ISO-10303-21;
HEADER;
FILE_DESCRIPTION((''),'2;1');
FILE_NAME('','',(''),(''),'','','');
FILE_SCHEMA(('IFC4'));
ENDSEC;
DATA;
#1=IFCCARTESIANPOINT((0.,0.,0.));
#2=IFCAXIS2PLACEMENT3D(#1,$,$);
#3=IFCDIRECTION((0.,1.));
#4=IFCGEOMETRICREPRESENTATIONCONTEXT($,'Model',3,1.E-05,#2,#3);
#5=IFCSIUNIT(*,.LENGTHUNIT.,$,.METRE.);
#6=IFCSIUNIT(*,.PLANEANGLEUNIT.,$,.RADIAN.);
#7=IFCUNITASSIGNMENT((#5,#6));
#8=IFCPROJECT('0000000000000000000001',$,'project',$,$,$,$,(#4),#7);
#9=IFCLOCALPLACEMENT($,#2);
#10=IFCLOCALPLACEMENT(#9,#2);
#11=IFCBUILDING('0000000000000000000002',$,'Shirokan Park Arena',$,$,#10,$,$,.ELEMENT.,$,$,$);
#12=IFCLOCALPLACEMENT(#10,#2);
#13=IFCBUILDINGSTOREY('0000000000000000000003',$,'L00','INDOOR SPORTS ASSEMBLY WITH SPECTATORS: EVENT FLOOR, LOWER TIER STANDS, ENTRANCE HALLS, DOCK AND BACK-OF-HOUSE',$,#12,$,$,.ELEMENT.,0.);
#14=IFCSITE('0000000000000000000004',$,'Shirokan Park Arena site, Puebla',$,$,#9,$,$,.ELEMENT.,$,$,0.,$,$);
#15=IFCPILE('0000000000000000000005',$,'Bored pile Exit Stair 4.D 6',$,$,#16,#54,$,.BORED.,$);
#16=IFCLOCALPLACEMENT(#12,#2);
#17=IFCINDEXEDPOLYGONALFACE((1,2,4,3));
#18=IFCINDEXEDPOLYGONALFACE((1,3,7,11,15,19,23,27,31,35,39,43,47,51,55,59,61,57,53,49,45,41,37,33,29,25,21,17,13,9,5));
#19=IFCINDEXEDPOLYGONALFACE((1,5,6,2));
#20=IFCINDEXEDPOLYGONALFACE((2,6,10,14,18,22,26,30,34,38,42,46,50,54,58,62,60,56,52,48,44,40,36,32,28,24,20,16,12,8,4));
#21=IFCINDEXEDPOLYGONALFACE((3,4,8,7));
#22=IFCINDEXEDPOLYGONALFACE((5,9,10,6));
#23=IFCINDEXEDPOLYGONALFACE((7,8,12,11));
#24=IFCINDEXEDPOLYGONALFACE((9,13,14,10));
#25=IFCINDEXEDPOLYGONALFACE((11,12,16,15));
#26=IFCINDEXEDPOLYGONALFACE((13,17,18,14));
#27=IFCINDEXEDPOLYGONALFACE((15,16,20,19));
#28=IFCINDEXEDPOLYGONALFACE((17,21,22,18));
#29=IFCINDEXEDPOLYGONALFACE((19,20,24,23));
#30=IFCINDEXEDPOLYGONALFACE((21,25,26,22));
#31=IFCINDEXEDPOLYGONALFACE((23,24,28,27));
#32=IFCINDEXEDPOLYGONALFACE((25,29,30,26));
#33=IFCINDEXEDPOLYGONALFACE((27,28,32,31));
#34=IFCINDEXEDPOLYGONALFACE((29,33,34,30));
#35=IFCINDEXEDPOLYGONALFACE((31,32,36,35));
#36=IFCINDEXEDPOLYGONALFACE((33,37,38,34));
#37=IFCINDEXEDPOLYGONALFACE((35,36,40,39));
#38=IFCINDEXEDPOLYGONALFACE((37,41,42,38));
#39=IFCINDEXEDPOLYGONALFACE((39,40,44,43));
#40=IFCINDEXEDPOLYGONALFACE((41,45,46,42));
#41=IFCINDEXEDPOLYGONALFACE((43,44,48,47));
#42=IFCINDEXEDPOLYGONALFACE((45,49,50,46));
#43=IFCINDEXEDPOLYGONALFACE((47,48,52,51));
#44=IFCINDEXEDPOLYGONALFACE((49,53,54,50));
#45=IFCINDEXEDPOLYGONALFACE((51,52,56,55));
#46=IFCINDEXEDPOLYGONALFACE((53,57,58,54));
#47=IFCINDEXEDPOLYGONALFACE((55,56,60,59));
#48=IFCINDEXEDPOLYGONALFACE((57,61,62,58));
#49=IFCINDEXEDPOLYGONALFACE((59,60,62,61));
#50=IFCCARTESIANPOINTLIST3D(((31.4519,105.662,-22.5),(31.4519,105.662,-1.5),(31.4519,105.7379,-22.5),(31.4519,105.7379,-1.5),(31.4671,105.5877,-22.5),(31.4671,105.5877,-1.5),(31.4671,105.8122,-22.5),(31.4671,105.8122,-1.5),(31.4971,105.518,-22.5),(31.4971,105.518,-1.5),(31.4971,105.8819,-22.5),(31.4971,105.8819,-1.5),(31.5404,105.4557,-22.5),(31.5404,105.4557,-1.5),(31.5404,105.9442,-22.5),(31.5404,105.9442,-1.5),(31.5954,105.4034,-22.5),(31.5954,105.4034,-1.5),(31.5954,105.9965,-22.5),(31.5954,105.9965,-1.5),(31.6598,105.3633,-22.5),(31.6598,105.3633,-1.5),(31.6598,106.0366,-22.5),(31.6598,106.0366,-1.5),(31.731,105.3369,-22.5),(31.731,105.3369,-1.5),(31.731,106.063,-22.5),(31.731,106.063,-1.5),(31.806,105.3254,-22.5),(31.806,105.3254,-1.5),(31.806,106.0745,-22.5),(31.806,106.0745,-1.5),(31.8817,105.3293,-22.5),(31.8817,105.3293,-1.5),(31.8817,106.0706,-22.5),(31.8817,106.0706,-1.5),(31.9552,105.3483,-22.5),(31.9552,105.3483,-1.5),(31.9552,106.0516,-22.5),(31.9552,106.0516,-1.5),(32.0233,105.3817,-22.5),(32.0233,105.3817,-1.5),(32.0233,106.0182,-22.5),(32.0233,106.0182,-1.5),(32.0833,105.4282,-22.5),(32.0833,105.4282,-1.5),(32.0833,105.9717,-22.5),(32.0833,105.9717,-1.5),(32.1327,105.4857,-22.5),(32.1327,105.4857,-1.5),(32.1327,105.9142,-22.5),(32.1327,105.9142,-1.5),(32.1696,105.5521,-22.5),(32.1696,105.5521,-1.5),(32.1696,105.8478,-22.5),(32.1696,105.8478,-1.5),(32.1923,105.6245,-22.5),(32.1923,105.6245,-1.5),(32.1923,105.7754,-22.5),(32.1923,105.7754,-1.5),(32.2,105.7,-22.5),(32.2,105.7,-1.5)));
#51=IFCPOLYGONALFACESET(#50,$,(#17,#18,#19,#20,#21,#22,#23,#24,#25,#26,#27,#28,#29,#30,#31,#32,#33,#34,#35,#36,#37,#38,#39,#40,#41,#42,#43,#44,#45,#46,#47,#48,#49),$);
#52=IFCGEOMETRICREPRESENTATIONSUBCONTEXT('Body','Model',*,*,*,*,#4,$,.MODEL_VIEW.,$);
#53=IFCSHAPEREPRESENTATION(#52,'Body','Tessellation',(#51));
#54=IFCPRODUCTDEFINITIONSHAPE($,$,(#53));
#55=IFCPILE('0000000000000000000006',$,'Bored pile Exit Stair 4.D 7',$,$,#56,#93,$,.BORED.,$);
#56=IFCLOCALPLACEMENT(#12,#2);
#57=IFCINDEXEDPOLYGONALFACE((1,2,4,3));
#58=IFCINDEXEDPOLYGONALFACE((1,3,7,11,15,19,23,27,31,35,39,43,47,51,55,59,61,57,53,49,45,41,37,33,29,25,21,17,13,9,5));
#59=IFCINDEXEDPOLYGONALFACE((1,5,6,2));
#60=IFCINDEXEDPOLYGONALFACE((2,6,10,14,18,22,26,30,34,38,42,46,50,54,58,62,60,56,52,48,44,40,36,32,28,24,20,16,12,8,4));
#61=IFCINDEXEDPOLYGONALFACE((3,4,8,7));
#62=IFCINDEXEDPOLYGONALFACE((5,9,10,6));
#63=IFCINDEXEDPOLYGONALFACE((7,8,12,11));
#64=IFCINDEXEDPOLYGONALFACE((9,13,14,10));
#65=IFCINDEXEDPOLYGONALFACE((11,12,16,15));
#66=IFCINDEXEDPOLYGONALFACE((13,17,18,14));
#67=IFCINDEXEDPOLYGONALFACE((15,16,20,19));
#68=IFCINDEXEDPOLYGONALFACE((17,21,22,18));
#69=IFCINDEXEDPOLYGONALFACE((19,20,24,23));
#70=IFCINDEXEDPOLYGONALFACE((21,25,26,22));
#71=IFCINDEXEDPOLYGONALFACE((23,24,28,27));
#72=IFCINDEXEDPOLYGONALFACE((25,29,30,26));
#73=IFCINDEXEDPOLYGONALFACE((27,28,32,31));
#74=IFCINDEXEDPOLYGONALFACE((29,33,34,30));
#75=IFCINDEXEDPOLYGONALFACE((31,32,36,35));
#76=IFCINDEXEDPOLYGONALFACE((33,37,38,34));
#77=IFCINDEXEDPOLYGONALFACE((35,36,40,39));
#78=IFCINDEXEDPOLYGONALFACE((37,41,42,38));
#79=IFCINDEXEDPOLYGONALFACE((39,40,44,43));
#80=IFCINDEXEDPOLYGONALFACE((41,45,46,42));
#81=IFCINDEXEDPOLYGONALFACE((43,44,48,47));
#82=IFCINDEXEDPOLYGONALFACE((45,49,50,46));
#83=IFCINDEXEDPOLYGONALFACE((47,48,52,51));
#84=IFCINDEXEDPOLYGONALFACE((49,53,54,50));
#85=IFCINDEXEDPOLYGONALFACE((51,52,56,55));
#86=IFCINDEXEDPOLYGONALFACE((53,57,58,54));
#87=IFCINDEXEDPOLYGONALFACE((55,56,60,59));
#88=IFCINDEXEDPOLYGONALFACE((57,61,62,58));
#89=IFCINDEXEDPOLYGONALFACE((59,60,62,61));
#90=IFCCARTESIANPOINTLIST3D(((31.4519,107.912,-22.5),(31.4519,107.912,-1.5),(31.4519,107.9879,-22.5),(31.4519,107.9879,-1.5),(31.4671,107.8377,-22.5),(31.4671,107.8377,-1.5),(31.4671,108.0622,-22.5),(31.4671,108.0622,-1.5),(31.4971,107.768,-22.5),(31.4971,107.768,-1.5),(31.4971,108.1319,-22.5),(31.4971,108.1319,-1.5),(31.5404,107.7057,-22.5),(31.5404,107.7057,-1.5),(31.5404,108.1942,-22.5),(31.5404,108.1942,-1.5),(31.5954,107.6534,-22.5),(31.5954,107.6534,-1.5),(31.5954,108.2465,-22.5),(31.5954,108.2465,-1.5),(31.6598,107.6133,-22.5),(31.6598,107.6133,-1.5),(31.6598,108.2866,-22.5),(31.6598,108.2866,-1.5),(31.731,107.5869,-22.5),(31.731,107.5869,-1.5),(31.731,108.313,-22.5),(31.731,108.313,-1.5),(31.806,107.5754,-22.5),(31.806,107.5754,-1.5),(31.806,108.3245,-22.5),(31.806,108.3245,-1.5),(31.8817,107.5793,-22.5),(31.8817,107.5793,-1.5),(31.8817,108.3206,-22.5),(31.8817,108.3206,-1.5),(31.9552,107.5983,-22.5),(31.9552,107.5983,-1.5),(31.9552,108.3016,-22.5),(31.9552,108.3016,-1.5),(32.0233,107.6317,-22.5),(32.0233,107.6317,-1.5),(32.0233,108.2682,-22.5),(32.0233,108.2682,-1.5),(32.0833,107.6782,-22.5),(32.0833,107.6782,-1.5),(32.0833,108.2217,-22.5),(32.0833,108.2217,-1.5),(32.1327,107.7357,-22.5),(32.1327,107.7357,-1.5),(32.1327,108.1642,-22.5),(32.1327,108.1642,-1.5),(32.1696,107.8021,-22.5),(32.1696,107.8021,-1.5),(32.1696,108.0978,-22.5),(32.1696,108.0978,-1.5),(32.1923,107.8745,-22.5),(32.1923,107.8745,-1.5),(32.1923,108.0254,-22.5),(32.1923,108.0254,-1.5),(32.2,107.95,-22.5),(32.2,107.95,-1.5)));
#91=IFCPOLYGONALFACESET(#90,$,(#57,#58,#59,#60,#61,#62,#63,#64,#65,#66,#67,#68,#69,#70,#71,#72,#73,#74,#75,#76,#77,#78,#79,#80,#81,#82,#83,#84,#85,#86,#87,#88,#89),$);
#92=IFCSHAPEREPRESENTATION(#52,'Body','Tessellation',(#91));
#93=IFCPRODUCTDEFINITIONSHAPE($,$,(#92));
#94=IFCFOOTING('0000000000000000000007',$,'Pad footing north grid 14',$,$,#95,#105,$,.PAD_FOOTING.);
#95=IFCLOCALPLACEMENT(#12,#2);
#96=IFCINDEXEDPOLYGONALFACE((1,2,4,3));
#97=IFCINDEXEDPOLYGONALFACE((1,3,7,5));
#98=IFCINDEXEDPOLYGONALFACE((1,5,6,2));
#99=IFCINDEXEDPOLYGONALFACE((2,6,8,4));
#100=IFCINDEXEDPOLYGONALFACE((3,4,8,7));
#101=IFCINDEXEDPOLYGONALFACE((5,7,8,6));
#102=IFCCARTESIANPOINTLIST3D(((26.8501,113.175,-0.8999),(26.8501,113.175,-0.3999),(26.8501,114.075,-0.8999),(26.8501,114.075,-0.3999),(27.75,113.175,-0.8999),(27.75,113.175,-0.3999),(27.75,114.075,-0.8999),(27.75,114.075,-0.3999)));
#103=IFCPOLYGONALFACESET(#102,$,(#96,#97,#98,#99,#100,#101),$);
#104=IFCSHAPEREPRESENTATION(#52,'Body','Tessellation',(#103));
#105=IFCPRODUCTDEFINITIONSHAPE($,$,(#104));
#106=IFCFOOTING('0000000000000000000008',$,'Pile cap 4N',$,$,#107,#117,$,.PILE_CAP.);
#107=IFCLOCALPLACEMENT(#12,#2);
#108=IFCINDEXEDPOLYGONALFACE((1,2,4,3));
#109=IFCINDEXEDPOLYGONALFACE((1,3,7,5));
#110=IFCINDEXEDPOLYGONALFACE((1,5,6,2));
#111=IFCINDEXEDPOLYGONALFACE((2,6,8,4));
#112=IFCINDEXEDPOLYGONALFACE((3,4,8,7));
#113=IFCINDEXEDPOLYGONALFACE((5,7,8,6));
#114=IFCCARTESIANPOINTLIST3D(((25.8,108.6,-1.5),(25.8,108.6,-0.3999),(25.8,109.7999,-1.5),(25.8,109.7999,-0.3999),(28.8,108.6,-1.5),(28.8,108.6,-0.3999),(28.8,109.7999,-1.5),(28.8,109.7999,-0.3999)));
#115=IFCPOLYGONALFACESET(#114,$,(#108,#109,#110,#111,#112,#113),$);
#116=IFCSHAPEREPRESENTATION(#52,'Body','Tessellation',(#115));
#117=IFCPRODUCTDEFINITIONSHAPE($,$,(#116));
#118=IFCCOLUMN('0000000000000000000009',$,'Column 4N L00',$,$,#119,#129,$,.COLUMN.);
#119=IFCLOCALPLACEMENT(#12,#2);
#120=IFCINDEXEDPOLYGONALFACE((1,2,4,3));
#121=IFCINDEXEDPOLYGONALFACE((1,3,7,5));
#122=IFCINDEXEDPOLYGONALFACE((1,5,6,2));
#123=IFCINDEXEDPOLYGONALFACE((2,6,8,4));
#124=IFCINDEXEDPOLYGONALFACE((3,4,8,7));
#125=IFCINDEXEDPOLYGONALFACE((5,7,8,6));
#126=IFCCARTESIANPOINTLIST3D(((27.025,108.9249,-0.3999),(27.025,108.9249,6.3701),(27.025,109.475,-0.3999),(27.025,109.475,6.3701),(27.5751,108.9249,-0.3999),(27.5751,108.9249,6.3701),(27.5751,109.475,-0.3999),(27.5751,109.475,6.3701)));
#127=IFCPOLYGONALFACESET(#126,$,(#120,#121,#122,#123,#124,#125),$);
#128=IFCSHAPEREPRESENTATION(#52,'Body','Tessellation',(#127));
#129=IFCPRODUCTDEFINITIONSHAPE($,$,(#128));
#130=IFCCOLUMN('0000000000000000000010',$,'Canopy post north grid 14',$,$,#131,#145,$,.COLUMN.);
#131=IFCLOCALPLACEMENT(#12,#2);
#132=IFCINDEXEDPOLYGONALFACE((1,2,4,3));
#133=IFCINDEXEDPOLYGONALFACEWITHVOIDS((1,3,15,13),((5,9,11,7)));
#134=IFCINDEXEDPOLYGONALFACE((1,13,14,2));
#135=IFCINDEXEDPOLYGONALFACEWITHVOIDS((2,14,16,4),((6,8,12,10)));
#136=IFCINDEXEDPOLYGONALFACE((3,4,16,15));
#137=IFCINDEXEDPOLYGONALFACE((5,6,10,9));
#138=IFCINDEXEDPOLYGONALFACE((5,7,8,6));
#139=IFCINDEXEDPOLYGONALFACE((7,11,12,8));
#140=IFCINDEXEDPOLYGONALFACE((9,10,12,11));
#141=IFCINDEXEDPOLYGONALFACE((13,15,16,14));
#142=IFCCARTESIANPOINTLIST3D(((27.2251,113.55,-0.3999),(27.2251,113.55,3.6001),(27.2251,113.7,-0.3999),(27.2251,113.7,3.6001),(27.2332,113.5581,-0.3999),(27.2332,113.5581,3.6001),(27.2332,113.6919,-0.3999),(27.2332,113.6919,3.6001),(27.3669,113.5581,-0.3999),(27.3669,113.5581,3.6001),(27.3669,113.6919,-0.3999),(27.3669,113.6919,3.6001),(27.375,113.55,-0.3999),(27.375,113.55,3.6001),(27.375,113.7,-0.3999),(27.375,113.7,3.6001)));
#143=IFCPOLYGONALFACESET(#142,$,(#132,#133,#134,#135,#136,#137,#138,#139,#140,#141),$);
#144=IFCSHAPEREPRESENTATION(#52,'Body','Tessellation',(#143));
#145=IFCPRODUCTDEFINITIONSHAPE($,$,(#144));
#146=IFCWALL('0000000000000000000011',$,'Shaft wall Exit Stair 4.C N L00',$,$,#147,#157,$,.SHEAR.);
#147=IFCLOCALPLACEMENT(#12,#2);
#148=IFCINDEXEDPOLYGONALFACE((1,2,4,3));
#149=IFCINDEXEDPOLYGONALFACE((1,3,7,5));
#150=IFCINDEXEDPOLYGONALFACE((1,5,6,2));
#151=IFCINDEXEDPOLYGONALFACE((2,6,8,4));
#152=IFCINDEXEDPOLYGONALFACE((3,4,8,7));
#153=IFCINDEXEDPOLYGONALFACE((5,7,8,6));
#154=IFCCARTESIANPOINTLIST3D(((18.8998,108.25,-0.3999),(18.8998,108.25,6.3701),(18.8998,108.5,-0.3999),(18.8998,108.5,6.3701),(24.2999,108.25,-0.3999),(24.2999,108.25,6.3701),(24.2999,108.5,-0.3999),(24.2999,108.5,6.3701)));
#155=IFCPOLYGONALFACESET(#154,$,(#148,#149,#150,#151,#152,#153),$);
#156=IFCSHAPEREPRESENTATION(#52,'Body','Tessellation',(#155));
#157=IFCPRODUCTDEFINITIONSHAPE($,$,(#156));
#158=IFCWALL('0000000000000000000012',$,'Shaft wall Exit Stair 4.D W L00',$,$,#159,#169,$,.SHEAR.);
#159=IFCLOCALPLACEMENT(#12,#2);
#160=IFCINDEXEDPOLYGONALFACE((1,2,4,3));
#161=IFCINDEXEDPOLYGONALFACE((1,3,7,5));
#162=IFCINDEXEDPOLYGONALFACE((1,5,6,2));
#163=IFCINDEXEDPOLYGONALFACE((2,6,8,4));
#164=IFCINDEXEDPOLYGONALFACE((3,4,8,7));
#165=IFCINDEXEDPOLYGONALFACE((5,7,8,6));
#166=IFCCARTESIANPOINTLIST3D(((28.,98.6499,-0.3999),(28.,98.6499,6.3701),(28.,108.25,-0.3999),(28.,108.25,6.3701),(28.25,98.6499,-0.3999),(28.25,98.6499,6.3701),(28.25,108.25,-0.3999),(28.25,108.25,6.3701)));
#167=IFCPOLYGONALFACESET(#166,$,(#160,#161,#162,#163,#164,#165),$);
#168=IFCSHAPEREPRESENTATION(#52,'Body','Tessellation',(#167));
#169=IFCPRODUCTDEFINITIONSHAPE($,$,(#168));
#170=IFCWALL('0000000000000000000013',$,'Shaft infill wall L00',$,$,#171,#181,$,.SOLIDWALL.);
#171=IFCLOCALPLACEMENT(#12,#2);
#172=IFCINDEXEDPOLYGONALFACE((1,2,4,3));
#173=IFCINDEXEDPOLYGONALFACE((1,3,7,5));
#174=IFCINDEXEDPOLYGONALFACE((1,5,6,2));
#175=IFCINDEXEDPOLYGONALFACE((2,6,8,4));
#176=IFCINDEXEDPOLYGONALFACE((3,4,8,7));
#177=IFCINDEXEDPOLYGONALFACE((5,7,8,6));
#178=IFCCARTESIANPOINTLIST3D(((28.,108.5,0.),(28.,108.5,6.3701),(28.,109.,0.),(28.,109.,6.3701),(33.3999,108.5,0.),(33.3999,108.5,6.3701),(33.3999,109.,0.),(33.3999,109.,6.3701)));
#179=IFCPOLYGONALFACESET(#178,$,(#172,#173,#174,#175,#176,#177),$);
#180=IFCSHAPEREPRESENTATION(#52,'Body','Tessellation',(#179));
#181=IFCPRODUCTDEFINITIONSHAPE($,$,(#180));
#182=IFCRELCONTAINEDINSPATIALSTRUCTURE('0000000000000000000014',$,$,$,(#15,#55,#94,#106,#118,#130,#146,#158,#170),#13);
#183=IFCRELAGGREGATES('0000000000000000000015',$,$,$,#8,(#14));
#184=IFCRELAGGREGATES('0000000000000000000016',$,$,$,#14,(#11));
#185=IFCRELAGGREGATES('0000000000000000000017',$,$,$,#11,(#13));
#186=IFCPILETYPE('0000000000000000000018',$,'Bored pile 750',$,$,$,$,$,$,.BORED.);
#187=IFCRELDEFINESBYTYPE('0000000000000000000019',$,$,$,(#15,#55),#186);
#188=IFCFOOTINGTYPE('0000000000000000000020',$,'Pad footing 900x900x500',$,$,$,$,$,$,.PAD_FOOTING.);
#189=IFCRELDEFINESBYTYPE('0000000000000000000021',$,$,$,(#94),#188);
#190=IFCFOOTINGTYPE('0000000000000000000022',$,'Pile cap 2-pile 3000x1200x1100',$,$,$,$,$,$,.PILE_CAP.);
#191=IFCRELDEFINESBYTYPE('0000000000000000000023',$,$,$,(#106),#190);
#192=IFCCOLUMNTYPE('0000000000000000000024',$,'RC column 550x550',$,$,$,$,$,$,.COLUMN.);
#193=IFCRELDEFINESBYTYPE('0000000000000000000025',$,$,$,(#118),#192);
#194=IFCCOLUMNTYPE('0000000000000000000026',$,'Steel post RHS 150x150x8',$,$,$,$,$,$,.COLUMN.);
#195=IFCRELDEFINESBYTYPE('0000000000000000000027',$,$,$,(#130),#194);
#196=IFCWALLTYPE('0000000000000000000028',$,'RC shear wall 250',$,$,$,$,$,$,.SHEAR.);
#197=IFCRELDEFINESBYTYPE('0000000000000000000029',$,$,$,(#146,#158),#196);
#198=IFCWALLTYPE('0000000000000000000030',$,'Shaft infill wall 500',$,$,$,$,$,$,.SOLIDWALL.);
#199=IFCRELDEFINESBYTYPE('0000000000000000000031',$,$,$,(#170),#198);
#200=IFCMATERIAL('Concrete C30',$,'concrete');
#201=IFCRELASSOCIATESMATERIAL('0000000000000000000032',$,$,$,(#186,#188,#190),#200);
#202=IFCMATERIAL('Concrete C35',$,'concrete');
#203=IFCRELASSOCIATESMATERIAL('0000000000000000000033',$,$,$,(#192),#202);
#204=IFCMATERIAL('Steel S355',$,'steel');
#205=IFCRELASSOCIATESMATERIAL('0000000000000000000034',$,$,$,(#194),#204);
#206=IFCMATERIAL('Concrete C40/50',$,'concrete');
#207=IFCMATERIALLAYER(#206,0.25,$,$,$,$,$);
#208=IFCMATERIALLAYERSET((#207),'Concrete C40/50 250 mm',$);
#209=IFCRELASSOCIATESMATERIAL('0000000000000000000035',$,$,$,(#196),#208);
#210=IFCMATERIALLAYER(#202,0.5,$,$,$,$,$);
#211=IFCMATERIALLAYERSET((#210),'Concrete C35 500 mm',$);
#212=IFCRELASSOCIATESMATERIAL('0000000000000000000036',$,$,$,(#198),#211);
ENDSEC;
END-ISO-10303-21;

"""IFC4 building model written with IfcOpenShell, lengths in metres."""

from ifc_helpers import new_model, si_unit, direction, frame, frame_2d, origin, origin_2d, place, context, subcontext, project, spatial, rectangle, hollow_rectangle, circle, extrude, material, layer, layer_set, material_profile, profile_set, type_object, element, save


model = new_model("IFC4")

# Units and contexts
model_context = context("Model", 3, precision=1e-05, world=origin(), true_north=direction((0.0, 1.0)))
body_context = subcontext(model_context, "Body", "Model", "MODEL_VIEW")
ifc_project = project(units=[si_unit("LENGTHUNIT", "METRE"), si_unit("PLANEANGLEUNIT", "RADIAN")], contexts=[model_context])

# Site, building, storey
site_placement = place(None, origin())
site = spatial("IfcSite", under=ifc_project, at=site_placement, Name="Shirokan Park Arena site, Puebla", CompositionType="ELEMENT", RefElevation=0.0)
building_placement = place(site_placement, origin())
building = spatial("IfcBuilding", under=site, at=building_placement, Name="Shirokan Park Arena", CompositionType="ELEMENT")
storey_placement = place(building_placement, origin())
storey = spatial("IfcBuildingStorey", under=building, at=storey_placement, Name="L00", Description="INDOOR SPORTS ASSEMBLY WITH SPECTATORS: EVENT FLOOR, LOWER TIER STANDS, ENTRANCE HALLS, DOCK AND BACK-OF-HOUSE", CompositionType="ELEMENT", Elevation=0.0)

# Piles
ifc_material_1 = material(Name="Concrete C30", Category="concrete")
ifc_material_profile_1 = material_profile(ifc_material_1, circle(Radius=0.375, at=origin_2d()), Name="D750")
ifc_profile_set_1 = profile_set([ifc_material_profile_1], Name="Concrete C30")
pile_type_1 = type_object("IfcPileType", Name="Bored pile 750", PredefinedType="BORED", material=ifc_profile_set_1)
for number, where, z_axis, x_axis, name in (
    (1, (31.825, 105.7, -1.5), (0.0, 0.0, -1.0), (1.0, 0.0, 0.0), "Bored pile Exit Stair 4.D 6"),
    (2, (31.825, 107.95, -1.5), (0.0, 0.0, -1.0), (1.0, 0.0, 0.0), "Bored pile Exit Stair 4.D 7"),
):
    element("IfcPile", number, at=place(storey_placement, frame(where, z_axis=z_axis, x_axis=x_axis)), inside=storey, type_object=pile_type_1, Name=name, PredefinedType="BORED", context=body_context, shape_type="SweptSolid", body=[
        extrude(circle(Radius=0.375, at=origin_2d()), origin(), (0.0, 0.0, 1.0), 21.0),
    ])

# Footings
footing_type_1 = type_object("IfcFootingType", Name="Pad footing 900x900x500", PredefinedType="PAD_FOOTING", material=ifc_material_1)
footing_1_placement = place(storey_placement, frame((27.3, 113.625, -0.8999), z_axis=(0.0, 0.0, 1.0), x_axis=(1.0, 0.0, 0.0)))
element("IfcFooting", 3, at=footing_1_placement, inside=storey, type_object=footing_type_1, Name="Pad footing north grid 14", PredefinedType="PAD_FOOTING", context=body_context, shape_type="SweptSolid", body=[
    extrude(rectangle(XDim=0.8999, YDim=0.8999, at=origin_2d()), origin(), (0.0, 0.0, 1.0), 0.5),
])
footing_type_2 = type_object("IfcFootingType", Name="Pile cap 2-pile 3000x1200x1100", PredefinedType="PILE_CAP", material=ifc_material_1)
footing_2_placement = place(storey_placement, frame((27.3, 109.2, -1.5), z_axis=(0.0, 0.0, 1.0), x_axis=(1.0, 0.0, 0.0)))
element("IfcFooting", 4, at=footing_2_placement, inside=storey, type_object=footing_type_2, Name="Pile cap 4N", PredefinedType="PILE_CAP", context=body_context, shape_type="SweptSolid", body=[
    extrude(rectangle(XDim=3.0, YDim=1.2, at=origin_2d()), origin(), (0.0, 0.0, 1.0), 1.1001),
])

# Columns
ifc_material_2 = material(Name="Concrete C35", Category="concrete")
ifc_material_profile_2 = material_profile(ifc_material_2, rectangle(XDim=0.55, YDim=0.55, at=origin_2d()), Name="550x550")
ifc_profile_set_2 = profile_set([ifc_material_profile_2], Name="Concrete C35")
column_type_1 = type_object("IfcColumnType", Name="RC column 550x550", PredefinedType="COLUMN", material=ifc_profile_set_2)
column_1_placement = place(storey_placement, frame((27.3, 109.2, -0.3999), z_axis=(0.0, 0.0, 1.0), x_axis=(1.0, 0.0, 0.0)))
element("IfcColumn", 5, at=column_1_placement, inside=storey, type_object=column_type_1, Name="Column 4N L00", PredefinedType="COLUMN", context=body_context, shape_type="SweptSolid", body=[
    extrude(rectangle(XDim=0.55, YDim=0.55, at=origin_2d()), origin(), (0.0, 0.0, 1.0), 6.77),
])
ifc_material_3 = material(Name="Steel S355", Category="steel")
ifc_material_profile_3 = material_profile(ifc_material_3, hollow_rectangle(XDim=0.1499, YDim=0.1499, WallThickness=0.0081, at=origin_2d()), Name="RHS 150x150x8")
ifc_profile_set_3 = profile_set([ifc_material_profile_3], Name="Steel S355")
column_type_2 = type_object("IfcColumnType", Name="Steel post RHS 150x150x8", PredefinedType="COLUMN", material=ifc_profile_set_3)
column_2_placement = place(storey_placement, frame((27.3, 113.625, -0.3999), z_axis=(0.0, 0.0, 1.0), x_axis=(1.0, 0.0, 0.0)))
element("IfcColumn", 6, at=column_2_placement, inside=storey, type_object=column_type_2, Name="Canopy post north grid 14", PredefinedType="COLUMN", context=body_context, shape_type="SweptSolid", body=[
    extrude(hollow_rectangle(XDim=0.1499, YDim=0.1499, WallThickness=0.0081, at=origin_2d()), origin(), (0.0, 0.0, 1.0), 4.0),
])

# Walls
ifc_material_4 = material(Name="Concrete C40/50", Category="concrete")
ifc_layer_1 = layer(ifc_material_4, 0.25)
ifc_layer_set_1 = layer_set([ifc_layer_1], Name="Concrete C40/50 250 mm")
wall_type_1 = type_object("IfcWallType", Name="RC shear wall 250", PredefinedType="SHEAR", material=ifc_layer_set_1)
wall_1_placement = place(storey_placement, frame((24.3, 108.375, -0.3999), z_axis=(0.0, 0.0, 1.0), x_axis=(-1.0, 0.0, 0.0)))
element("IfcWall", 7, at=wall_1_placement, inside=storey, type_object=wall_type_1, Name="Shaft wall Exit Stair 4.C N L00", PredefinedType="SHEAR", context=body_context, shape_type="SweptSolid", body=[
    extrude(rectangle(XDim=5.4001, YDim=0.25, at=frame_2d((2.7002, 0.0))), origin(), (0.0, 0.0, 1.0), 6.77),
])
wall_2_placement = place(storey_placement, frame((28.125, 108.25, -0.3999), z_axis=(0.0, 0.0, 1.0), x_axis=(0.0, -1.0, 0.0)))
element("IfcWall", 8, at=wall_2_placement, inside=storey, type_object=wall_type_1, Name="Shaft wall Exit Stair 4.D W L00", PredefinedType="SHEAR", context=body_context, shape_type="SweptSolid", body=[
    extrude(rectangle(XDim=9.6001, YDim=0.25, at=frame_2d((4.8, 0.0))), origin(), (0.0, 0.0, 1.0), 6.77),
])
ifc_layer_2 = layer(ifc_material_2, 0.5)
ifc_layer_set_2 = layer_set([ifc_layer_2], Name="Concrete C35 500 mm")
wall_type_2 = type_object("IfcWallType", Name="Shaft infill wall 500", PredefinedType="SOLIDWALL", material=ifc_layer_set_2)
wall_3_placement = place(storey_placement, frame((28.0, 108.75, 0.0), z_axis=(0.0, 0.0, 1.0), x_axis=(1.0, 0.0, 0.0)))
element("IfcWall", 9, at=wall_3_placement, inside=storey, type_object=wall_type_2, Name="Shaft infill wall L00", PredefinedType="SOLIDWALL", context=body_context, shape_type="SweptSolid", body=[
    extrude(rectangle(XDim=5.3999, YDim=0.5, at=frame_2d((2.7, 0.0))), origin(), (0.0, 0.0, 1.0), 6.3701),
])

save(model, "model.ifc")
